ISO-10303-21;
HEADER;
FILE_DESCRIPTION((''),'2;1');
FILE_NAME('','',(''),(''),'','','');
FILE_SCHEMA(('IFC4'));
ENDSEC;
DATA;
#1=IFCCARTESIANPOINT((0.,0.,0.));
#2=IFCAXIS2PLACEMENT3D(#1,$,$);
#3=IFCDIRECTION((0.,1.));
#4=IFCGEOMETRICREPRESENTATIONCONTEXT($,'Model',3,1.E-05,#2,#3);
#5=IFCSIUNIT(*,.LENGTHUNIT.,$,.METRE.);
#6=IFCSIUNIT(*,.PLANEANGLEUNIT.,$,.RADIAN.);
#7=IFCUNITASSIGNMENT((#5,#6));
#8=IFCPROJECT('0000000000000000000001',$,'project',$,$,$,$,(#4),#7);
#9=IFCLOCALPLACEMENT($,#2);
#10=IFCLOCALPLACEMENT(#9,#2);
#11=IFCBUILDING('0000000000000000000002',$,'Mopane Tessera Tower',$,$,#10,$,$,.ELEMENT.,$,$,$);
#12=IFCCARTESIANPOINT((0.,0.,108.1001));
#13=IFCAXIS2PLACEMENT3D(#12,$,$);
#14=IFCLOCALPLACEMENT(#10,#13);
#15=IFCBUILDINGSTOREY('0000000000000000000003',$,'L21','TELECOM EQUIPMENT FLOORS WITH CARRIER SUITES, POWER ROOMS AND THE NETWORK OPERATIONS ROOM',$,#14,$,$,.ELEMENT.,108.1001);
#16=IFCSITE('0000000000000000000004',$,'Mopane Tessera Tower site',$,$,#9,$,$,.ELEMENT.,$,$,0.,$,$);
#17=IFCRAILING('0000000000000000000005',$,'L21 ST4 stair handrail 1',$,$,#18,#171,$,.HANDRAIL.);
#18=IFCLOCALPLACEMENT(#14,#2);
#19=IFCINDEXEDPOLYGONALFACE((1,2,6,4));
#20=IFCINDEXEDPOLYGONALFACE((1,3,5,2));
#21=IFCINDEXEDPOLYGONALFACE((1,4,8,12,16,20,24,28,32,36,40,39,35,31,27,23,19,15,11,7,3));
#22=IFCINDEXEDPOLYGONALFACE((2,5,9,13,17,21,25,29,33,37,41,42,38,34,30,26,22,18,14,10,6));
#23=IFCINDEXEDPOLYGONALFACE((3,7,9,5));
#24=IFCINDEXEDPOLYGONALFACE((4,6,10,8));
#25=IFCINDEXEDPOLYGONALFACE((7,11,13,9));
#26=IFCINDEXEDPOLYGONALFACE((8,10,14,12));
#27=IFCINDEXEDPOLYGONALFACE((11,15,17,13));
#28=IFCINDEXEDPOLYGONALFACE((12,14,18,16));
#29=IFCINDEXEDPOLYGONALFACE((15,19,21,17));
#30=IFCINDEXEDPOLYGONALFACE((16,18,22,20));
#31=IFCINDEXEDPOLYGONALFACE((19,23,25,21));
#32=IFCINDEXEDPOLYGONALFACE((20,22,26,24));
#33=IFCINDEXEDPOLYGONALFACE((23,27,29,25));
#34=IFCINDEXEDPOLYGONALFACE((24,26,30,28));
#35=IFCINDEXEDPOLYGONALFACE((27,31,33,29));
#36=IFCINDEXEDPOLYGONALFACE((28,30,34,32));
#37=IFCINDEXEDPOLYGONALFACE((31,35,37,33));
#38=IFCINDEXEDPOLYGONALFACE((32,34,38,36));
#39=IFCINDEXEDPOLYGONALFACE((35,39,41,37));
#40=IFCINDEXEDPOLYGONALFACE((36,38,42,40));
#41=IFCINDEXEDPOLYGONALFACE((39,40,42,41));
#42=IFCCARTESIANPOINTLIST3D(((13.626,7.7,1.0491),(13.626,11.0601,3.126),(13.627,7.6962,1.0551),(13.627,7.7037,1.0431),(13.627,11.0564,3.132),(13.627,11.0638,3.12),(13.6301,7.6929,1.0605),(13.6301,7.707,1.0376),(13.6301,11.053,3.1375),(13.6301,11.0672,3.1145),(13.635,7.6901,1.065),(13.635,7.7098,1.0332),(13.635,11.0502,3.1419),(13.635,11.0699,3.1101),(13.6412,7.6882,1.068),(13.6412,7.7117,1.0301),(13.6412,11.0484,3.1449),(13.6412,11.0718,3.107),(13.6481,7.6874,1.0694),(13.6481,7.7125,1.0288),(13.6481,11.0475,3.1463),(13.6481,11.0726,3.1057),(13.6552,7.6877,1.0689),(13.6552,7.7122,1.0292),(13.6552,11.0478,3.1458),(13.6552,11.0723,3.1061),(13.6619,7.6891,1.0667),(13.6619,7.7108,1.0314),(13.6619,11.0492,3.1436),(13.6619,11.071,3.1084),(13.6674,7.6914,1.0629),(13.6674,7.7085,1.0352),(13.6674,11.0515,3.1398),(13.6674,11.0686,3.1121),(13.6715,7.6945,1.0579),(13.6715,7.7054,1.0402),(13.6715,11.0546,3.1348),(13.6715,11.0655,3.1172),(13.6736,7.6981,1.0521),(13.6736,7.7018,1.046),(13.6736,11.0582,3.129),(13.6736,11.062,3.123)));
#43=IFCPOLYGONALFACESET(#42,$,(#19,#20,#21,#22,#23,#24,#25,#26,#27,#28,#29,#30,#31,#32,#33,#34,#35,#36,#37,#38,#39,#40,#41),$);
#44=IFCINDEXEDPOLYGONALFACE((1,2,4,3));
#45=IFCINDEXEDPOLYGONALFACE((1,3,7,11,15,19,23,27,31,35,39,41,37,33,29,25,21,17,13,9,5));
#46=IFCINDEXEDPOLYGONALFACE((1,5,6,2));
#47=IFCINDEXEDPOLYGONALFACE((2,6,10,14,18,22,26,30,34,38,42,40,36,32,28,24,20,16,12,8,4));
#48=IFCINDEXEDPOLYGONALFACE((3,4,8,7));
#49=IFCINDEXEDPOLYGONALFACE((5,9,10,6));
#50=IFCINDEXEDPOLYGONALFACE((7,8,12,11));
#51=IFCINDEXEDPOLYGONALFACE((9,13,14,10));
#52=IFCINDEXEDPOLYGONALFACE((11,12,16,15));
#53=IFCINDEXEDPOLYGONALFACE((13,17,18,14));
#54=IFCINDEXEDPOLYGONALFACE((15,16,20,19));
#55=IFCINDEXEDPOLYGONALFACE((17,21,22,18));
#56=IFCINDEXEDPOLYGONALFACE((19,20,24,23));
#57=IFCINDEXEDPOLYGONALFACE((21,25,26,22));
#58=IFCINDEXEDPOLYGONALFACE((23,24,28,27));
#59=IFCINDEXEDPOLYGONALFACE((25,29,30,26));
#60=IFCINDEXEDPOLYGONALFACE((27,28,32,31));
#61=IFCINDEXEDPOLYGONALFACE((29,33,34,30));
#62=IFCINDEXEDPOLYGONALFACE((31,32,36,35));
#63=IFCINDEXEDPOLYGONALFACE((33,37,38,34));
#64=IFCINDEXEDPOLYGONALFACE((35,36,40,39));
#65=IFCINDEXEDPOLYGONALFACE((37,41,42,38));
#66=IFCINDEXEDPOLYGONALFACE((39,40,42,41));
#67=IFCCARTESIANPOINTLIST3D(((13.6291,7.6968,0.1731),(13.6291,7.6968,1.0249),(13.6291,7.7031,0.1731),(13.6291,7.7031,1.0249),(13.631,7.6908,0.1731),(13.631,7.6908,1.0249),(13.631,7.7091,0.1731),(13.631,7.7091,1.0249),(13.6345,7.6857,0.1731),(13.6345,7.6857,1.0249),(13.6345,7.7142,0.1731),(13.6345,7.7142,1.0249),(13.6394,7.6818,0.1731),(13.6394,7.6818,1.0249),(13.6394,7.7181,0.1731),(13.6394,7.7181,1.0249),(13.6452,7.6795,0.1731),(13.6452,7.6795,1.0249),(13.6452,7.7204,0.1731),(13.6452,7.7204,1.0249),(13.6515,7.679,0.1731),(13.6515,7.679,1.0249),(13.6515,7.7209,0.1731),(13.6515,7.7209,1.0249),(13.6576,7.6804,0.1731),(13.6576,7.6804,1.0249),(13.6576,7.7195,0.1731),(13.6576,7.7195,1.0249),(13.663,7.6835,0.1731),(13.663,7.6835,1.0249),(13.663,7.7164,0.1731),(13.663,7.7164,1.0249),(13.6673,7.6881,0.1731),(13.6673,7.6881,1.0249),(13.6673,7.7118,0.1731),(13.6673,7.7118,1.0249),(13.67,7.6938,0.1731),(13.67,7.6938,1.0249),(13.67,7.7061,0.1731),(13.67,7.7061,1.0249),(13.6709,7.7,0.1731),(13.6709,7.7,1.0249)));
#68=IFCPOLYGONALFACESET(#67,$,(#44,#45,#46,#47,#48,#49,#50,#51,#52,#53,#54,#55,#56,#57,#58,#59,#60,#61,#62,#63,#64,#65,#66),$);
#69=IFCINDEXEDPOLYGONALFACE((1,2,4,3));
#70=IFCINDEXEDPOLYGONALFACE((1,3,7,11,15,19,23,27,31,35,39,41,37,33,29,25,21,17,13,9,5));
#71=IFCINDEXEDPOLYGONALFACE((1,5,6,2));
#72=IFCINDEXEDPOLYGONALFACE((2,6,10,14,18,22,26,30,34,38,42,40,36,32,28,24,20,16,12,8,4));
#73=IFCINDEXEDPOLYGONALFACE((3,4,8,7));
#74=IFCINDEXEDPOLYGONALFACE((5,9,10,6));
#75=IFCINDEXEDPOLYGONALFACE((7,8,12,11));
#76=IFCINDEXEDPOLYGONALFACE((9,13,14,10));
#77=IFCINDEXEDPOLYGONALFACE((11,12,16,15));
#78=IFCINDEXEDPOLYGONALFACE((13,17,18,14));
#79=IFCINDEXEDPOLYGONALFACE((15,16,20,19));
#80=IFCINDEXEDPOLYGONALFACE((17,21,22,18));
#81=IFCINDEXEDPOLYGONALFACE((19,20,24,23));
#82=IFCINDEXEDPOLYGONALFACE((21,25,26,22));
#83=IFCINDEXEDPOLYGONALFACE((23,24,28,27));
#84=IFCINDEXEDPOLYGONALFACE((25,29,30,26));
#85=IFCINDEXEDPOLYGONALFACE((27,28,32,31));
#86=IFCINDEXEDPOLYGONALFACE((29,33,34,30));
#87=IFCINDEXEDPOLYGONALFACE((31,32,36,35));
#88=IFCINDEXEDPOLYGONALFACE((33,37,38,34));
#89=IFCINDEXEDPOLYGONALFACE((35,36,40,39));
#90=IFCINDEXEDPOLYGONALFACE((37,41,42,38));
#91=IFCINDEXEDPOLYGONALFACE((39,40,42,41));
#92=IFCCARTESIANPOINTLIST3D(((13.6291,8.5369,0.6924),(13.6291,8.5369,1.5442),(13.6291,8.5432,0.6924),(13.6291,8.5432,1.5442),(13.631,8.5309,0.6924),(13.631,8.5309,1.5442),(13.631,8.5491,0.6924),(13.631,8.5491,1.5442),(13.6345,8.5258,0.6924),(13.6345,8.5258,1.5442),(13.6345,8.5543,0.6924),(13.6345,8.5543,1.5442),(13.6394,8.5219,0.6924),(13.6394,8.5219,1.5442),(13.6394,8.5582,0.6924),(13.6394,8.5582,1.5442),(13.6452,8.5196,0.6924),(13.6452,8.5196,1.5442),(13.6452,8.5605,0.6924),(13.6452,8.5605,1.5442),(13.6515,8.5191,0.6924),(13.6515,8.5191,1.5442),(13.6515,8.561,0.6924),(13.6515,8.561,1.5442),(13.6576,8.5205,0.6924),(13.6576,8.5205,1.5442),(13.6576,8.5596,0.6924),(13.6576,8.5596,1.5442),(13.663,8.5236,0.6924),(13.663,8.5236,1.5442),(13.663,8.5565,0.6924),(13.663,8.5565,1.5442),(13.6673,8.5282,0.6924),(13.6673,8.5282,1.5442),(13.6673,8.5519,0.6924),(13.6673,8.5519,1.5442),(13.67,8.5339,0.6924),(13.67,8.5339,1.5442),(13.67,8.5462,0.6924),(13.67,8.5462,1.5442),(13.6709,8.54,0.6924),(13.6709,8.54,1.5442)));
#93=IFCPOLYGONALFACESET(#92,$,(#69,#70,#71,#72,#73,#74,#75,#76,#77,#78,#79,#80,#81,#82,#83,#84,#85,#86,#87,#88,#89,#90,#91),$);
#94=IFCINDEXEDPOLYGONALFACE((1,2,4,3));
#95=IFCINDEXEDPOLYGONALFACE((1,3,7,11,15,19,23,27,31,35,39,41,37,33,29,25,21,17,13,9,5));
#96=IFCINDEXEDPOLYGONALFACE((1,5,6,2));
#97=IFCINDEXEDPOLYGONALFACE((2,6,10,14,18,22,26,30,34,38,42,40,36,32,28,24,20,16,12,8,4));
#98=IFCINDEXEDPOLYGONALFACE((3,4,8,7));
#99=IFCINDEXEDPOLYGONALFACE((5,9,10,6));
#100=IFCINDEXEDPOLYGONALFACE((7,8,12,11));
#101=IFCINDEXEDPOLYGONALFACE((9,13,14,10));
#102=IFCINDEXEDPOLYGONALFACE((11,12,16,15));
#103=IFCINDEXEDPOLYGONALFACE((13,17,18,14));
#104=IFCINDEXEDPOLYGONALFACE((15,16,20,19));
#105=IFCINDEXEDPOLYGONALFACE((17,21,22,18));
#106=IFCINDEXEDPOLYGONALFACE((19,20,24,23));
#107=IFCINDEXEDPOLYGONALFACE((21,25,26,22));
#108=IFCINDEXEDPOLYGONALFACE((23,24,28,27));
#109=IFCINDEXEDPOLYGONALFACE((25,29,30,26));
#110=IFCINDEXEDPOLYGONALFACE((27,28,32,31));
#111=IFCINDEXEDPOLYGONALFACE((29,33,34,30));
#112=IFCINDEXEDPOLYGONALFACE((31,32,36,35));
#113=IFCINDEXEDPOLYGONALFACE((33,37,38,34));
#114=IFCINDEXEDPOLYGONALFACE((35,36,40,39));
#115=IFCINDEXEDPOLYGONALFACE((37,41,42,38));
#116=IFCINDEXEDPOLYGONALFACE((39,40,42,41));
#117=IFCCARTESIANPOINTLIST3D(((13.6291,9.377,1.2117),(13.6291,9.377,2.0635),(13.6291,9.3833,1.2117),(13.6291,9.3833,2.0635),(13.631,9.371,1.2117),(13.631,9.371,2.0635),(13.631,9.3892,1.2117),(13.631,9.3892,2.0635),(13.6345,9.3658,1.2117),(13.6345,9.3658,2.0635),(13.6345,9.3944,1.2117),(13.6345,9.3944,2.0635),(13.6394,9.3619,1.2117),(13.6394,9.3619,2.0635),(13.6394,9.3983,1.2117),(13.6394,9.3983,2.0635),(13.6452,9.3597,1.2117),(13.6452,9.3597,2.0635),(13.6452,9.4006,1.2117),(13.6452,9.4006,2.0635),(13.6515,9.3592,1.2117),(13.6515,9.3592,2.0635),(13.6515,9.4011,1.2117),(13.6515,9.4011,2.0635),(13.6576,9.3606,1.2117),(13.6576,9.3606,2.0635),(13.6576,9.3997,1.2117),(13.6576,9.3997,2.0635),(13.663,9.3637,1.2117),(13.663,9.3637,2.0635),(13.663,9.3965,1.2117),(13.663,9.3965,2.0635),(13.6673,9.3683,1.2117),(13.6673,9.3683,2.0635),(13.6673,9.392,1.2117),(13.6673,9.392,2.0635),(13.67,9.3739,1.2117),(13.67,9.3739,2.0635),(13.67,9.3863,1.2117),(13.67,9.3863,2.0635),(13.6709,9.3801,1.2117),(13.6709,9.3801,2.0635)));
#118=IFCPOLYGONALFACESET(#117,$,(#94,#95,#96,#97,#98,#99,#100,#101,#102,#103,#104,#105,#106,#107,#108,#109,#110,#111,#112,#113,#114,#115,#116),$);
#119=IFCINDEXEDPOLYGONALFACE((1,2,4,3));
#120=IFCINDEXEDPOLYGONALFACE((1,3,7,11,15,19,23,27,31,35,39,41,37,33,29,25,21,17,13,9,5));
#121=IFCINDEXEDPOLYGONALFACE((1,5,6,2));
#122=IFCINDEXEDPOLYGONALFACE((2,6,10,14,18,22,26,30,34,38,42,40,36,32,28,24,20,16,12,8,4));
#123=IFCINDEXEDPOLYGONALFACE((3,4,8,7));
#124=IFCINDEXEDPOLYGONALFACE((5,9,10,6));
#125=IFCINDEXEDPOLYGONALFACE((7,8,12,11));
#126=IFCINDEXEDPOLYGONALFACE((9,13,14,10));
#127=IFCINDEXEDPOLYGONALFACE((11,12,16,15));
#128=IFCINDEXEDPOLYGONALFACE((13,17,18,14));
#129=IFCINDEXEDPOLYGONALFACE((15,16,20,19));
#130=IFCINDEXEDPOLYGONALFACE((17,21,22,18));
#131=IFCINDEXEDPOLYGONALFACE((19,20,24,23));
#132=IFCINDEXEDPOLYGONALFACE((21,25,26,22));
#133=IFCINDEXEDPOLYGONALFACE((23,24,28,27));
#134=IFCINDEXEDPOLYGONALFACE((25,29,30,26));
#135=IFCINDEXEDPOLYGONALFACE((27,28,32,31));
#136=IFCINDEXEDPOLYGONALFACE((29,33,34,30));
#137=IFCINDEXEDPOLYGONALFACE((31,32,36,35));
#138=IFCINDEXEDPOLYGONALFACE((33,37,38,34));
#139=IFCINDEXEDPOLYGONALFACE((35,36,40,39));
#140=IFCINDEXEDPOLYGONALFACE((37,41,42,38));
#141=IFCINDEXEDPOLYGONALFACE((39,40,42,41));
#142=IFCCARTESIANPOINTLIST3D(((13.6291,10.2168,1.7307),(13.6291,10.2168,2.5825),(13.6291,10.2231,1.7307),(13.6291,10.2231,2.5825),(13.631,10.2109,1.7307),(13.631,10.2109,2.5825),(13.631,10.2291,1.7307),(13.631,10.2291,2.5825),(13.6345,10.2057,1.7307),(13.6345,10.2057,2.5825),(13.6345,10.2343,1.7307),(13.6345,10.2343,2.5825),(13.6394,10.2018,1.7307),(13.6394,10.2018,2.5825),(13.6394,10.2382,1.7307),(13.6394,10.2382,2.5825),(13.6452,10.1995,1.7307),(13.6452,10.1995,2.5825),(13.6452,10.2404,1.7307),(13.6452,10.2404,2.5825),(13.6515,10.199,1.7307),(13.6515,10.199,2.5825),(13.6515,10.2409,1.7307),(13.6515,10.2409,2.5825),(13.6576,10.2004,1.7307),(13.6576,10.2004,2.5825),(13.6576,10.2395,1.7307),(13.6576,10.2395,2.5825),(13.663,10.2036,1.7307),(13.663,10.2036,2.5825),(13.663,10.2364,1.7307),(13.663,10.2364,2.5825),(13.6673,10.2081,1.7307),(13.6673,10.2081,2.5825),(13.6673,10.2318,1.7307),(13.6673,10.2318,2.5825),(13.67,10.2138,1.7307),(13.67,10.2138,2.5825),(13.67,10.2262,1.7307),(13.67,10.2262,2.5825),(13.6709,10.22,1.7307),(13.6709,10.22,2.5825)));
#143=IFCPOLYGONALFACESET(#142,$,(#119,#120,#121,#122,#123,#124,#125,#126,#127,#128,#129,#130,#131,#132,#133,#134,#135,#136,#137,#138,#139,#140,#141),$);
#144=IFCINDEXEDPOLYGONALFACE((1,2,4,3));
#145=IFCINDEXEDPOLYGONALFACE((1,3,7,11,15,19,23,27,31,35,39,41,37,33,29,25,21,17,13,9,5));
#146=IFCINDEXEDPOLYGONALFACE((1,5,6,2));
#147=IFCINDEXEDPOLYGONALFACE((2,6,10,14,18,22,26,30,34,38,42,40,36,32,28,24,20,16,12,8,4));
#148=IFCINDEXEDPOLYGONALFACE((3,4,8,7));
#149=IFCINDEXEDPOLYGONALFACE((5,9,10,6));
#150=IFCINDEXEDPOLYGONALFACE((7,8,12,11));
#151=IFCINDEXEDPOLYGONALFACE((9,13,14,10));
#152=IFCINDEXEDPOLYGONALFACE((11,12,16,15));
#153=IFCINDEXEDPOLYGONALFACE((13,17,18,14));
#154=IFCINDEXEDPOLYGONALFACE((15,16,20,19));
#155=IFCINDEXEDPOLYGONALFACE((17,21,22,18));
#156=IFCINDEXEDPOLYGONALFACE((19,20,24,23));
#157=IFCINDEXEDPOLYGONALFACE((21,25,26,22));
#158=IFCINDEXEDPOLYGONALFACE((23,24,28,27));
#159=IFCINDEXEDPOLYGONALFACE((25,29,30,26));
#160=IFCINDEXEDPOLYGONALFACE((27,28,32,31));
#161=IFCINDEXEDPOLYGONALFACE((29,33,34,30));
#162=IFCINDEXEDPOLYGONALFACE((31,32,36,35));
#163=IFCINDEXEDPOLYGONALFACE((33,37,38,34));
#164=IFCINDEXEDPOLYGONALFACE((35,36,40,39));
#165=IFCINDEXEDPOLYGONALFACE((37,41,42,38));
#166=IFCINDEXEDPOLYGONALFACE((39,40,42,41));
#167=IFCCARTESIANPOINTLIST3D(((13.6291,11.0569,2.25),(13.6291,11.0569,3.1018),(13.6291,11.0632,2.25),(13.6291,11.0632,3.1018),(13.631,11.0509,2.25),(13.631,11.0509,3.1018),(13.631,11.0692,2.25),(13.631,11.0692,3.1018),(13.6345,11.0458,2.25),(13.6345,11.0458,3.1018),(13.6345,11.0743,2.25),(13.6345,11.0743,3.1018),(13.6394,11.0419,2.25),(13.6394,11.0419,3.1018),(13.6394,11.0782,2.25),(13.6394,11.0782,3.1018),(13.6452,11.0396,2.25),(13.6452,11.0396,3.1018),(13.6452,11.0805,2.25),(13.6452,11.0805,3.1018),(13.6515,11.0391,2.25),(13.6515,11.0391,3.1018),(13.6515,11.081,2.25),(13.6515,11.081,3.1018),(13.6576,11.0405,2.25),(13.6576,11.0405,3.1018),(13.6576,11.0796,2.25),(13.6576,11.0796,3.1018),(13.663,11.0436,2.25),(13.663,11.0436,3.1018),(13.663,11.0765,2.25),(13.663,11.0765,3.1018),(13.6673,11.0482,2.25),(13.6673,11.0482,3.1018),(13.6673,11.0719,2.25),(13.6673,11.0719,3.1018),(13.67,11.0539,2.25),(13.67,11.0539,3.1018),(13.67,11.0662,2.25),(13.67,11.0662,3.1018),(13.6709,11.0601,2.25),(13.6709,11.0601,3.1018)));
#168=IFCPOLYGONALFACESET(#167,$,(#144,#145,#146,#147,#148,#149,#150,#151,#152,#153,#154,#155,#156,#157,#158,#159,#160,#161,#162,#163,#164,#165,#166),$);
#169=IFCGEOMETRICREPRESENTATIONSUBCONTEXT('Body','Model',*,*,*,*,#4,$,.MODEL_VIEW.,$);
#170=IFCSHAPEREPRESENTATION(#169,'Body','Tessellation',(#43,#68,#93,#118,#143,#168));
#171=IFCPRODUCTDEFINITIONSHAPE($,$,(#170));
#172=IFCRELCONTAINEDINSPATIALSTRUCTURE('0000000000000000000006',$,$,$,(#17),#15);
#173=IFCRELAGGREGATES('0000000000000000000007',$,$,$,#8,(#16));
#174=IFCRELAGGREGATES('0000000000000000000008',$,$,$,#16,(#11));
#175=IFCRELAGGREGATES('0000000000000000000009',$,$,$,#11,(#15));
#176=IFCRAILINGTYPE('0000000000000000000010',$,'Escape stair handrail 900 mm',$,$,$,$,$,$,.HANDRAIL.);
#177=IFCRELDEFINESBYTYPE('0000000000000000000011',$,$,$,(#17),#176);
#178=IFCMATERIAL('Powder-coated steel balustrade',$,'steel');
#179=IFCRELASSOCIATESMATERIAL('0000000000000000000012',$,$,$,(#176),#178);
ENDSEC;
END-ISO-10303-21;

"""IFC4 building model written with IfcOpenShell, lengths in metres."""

from ifc_helpers import new_model, si_unit, direction, frame, origin, origin_2d, place, context, subcontext, project, spatial, circle, extrude, material, type_object, element, save


model = new_model("IFC4")

# Units and contexts
model_context = context("Model", 3, precision=1e-05, world=origin(), true_north=direction((0.0, 1.0)))
body_context = subcontext(model_context, "Body", "Model", "MODEL_VIEW")
ifc_project = project(units=[si_unit("LENGTHUNIT", "METRE"), si_unit("PLANEANGLEUNIT", "RADIAN")], contexts=[model_context])

# Site, building, storey
site_placement = place(None, origin())
site = spatial("IfcSite", under=ifc_project, at=site_placement, Name="Mopane Tessera Tower site", CompositionType="ELEMENT", RefElevation=0.0)
building_placement = place(site_placement, origin())
building = spatial("IfcBuilding", under=site, at=building_placement, Name="Mopane Tessera Tower", CompositionType="ELEMENT")
storey_placement = place(building_placement, frame((0.0, 0.0, 108.1001)))
storey = spatial("IfcBuildingStorey", under=building, at=storey_placement, Name="L21", Description="TELECOM EQUIPMENT FLOORS WITH CARRIER SUITES, POWER ROOMS AND THE NETWORK OPERATIONS ROOM", CompositionType="ELEMENT", Elevation=108.1001)

# Railing
ifc_material_1 = material(Name="Powder-coated steel balustrade", Category="steel")
railing_type_1 = type_object("IfcRailingType", Name="Escape stair handrail 900 mm", PredefinedType="HANDRAIL", material=ifc_material_1)
railing_1_placement = place(storey_placement, frame((13.6499, 7.7, 0.1731)))
element("IfcRailing", 1, at=railing_1_placement, inside=storey, type_object=railing_type_1, Name="L21 ST4 stair handrail 1", PredefinedType="HANDRAIL", context=body_context, shape_type="SweptSolid", body=[
    extrude(circle(Radius=0.0239, at=origin_2d()), frame((0.0, 0.0, 0.876), z_axis=(0.0, 0.850623, 0.525776), x_axis=(-1.0, 0.0, 0.0)), (0.0, 0.0, 1.0), 3.9502),
    extrude(circle(Radius=0.021, at=origin_2d()), origin(), (0.0, 0.0, 1.0), 0.8518),
    extrude(circle(Radius=0.021, at=origin_2d()), frame((0.0, 0.8401, 0.5193)), (0.0, 0.0, 1.0), 0.8518),
    extrude(circle(Radius=0.021, at=origin_2d()), frame((0.0, 1.6802, 1.0386)), (0.0, 0.0, 1.0), 0.8518),
    extrude(circle(Radius=0.021, at=origin_2d()), frame((0.0, 2.52, 1.5576)), (0.0, 0.0, 1.0), 0.8518),
    extrude(circle(Radius=0.021, at=origin_2d()), frame((0.0, 3.3601, 2.0769)), (0.0, 0.0, 1.0), 0.8518),
])

save(model, "model.ifc")
